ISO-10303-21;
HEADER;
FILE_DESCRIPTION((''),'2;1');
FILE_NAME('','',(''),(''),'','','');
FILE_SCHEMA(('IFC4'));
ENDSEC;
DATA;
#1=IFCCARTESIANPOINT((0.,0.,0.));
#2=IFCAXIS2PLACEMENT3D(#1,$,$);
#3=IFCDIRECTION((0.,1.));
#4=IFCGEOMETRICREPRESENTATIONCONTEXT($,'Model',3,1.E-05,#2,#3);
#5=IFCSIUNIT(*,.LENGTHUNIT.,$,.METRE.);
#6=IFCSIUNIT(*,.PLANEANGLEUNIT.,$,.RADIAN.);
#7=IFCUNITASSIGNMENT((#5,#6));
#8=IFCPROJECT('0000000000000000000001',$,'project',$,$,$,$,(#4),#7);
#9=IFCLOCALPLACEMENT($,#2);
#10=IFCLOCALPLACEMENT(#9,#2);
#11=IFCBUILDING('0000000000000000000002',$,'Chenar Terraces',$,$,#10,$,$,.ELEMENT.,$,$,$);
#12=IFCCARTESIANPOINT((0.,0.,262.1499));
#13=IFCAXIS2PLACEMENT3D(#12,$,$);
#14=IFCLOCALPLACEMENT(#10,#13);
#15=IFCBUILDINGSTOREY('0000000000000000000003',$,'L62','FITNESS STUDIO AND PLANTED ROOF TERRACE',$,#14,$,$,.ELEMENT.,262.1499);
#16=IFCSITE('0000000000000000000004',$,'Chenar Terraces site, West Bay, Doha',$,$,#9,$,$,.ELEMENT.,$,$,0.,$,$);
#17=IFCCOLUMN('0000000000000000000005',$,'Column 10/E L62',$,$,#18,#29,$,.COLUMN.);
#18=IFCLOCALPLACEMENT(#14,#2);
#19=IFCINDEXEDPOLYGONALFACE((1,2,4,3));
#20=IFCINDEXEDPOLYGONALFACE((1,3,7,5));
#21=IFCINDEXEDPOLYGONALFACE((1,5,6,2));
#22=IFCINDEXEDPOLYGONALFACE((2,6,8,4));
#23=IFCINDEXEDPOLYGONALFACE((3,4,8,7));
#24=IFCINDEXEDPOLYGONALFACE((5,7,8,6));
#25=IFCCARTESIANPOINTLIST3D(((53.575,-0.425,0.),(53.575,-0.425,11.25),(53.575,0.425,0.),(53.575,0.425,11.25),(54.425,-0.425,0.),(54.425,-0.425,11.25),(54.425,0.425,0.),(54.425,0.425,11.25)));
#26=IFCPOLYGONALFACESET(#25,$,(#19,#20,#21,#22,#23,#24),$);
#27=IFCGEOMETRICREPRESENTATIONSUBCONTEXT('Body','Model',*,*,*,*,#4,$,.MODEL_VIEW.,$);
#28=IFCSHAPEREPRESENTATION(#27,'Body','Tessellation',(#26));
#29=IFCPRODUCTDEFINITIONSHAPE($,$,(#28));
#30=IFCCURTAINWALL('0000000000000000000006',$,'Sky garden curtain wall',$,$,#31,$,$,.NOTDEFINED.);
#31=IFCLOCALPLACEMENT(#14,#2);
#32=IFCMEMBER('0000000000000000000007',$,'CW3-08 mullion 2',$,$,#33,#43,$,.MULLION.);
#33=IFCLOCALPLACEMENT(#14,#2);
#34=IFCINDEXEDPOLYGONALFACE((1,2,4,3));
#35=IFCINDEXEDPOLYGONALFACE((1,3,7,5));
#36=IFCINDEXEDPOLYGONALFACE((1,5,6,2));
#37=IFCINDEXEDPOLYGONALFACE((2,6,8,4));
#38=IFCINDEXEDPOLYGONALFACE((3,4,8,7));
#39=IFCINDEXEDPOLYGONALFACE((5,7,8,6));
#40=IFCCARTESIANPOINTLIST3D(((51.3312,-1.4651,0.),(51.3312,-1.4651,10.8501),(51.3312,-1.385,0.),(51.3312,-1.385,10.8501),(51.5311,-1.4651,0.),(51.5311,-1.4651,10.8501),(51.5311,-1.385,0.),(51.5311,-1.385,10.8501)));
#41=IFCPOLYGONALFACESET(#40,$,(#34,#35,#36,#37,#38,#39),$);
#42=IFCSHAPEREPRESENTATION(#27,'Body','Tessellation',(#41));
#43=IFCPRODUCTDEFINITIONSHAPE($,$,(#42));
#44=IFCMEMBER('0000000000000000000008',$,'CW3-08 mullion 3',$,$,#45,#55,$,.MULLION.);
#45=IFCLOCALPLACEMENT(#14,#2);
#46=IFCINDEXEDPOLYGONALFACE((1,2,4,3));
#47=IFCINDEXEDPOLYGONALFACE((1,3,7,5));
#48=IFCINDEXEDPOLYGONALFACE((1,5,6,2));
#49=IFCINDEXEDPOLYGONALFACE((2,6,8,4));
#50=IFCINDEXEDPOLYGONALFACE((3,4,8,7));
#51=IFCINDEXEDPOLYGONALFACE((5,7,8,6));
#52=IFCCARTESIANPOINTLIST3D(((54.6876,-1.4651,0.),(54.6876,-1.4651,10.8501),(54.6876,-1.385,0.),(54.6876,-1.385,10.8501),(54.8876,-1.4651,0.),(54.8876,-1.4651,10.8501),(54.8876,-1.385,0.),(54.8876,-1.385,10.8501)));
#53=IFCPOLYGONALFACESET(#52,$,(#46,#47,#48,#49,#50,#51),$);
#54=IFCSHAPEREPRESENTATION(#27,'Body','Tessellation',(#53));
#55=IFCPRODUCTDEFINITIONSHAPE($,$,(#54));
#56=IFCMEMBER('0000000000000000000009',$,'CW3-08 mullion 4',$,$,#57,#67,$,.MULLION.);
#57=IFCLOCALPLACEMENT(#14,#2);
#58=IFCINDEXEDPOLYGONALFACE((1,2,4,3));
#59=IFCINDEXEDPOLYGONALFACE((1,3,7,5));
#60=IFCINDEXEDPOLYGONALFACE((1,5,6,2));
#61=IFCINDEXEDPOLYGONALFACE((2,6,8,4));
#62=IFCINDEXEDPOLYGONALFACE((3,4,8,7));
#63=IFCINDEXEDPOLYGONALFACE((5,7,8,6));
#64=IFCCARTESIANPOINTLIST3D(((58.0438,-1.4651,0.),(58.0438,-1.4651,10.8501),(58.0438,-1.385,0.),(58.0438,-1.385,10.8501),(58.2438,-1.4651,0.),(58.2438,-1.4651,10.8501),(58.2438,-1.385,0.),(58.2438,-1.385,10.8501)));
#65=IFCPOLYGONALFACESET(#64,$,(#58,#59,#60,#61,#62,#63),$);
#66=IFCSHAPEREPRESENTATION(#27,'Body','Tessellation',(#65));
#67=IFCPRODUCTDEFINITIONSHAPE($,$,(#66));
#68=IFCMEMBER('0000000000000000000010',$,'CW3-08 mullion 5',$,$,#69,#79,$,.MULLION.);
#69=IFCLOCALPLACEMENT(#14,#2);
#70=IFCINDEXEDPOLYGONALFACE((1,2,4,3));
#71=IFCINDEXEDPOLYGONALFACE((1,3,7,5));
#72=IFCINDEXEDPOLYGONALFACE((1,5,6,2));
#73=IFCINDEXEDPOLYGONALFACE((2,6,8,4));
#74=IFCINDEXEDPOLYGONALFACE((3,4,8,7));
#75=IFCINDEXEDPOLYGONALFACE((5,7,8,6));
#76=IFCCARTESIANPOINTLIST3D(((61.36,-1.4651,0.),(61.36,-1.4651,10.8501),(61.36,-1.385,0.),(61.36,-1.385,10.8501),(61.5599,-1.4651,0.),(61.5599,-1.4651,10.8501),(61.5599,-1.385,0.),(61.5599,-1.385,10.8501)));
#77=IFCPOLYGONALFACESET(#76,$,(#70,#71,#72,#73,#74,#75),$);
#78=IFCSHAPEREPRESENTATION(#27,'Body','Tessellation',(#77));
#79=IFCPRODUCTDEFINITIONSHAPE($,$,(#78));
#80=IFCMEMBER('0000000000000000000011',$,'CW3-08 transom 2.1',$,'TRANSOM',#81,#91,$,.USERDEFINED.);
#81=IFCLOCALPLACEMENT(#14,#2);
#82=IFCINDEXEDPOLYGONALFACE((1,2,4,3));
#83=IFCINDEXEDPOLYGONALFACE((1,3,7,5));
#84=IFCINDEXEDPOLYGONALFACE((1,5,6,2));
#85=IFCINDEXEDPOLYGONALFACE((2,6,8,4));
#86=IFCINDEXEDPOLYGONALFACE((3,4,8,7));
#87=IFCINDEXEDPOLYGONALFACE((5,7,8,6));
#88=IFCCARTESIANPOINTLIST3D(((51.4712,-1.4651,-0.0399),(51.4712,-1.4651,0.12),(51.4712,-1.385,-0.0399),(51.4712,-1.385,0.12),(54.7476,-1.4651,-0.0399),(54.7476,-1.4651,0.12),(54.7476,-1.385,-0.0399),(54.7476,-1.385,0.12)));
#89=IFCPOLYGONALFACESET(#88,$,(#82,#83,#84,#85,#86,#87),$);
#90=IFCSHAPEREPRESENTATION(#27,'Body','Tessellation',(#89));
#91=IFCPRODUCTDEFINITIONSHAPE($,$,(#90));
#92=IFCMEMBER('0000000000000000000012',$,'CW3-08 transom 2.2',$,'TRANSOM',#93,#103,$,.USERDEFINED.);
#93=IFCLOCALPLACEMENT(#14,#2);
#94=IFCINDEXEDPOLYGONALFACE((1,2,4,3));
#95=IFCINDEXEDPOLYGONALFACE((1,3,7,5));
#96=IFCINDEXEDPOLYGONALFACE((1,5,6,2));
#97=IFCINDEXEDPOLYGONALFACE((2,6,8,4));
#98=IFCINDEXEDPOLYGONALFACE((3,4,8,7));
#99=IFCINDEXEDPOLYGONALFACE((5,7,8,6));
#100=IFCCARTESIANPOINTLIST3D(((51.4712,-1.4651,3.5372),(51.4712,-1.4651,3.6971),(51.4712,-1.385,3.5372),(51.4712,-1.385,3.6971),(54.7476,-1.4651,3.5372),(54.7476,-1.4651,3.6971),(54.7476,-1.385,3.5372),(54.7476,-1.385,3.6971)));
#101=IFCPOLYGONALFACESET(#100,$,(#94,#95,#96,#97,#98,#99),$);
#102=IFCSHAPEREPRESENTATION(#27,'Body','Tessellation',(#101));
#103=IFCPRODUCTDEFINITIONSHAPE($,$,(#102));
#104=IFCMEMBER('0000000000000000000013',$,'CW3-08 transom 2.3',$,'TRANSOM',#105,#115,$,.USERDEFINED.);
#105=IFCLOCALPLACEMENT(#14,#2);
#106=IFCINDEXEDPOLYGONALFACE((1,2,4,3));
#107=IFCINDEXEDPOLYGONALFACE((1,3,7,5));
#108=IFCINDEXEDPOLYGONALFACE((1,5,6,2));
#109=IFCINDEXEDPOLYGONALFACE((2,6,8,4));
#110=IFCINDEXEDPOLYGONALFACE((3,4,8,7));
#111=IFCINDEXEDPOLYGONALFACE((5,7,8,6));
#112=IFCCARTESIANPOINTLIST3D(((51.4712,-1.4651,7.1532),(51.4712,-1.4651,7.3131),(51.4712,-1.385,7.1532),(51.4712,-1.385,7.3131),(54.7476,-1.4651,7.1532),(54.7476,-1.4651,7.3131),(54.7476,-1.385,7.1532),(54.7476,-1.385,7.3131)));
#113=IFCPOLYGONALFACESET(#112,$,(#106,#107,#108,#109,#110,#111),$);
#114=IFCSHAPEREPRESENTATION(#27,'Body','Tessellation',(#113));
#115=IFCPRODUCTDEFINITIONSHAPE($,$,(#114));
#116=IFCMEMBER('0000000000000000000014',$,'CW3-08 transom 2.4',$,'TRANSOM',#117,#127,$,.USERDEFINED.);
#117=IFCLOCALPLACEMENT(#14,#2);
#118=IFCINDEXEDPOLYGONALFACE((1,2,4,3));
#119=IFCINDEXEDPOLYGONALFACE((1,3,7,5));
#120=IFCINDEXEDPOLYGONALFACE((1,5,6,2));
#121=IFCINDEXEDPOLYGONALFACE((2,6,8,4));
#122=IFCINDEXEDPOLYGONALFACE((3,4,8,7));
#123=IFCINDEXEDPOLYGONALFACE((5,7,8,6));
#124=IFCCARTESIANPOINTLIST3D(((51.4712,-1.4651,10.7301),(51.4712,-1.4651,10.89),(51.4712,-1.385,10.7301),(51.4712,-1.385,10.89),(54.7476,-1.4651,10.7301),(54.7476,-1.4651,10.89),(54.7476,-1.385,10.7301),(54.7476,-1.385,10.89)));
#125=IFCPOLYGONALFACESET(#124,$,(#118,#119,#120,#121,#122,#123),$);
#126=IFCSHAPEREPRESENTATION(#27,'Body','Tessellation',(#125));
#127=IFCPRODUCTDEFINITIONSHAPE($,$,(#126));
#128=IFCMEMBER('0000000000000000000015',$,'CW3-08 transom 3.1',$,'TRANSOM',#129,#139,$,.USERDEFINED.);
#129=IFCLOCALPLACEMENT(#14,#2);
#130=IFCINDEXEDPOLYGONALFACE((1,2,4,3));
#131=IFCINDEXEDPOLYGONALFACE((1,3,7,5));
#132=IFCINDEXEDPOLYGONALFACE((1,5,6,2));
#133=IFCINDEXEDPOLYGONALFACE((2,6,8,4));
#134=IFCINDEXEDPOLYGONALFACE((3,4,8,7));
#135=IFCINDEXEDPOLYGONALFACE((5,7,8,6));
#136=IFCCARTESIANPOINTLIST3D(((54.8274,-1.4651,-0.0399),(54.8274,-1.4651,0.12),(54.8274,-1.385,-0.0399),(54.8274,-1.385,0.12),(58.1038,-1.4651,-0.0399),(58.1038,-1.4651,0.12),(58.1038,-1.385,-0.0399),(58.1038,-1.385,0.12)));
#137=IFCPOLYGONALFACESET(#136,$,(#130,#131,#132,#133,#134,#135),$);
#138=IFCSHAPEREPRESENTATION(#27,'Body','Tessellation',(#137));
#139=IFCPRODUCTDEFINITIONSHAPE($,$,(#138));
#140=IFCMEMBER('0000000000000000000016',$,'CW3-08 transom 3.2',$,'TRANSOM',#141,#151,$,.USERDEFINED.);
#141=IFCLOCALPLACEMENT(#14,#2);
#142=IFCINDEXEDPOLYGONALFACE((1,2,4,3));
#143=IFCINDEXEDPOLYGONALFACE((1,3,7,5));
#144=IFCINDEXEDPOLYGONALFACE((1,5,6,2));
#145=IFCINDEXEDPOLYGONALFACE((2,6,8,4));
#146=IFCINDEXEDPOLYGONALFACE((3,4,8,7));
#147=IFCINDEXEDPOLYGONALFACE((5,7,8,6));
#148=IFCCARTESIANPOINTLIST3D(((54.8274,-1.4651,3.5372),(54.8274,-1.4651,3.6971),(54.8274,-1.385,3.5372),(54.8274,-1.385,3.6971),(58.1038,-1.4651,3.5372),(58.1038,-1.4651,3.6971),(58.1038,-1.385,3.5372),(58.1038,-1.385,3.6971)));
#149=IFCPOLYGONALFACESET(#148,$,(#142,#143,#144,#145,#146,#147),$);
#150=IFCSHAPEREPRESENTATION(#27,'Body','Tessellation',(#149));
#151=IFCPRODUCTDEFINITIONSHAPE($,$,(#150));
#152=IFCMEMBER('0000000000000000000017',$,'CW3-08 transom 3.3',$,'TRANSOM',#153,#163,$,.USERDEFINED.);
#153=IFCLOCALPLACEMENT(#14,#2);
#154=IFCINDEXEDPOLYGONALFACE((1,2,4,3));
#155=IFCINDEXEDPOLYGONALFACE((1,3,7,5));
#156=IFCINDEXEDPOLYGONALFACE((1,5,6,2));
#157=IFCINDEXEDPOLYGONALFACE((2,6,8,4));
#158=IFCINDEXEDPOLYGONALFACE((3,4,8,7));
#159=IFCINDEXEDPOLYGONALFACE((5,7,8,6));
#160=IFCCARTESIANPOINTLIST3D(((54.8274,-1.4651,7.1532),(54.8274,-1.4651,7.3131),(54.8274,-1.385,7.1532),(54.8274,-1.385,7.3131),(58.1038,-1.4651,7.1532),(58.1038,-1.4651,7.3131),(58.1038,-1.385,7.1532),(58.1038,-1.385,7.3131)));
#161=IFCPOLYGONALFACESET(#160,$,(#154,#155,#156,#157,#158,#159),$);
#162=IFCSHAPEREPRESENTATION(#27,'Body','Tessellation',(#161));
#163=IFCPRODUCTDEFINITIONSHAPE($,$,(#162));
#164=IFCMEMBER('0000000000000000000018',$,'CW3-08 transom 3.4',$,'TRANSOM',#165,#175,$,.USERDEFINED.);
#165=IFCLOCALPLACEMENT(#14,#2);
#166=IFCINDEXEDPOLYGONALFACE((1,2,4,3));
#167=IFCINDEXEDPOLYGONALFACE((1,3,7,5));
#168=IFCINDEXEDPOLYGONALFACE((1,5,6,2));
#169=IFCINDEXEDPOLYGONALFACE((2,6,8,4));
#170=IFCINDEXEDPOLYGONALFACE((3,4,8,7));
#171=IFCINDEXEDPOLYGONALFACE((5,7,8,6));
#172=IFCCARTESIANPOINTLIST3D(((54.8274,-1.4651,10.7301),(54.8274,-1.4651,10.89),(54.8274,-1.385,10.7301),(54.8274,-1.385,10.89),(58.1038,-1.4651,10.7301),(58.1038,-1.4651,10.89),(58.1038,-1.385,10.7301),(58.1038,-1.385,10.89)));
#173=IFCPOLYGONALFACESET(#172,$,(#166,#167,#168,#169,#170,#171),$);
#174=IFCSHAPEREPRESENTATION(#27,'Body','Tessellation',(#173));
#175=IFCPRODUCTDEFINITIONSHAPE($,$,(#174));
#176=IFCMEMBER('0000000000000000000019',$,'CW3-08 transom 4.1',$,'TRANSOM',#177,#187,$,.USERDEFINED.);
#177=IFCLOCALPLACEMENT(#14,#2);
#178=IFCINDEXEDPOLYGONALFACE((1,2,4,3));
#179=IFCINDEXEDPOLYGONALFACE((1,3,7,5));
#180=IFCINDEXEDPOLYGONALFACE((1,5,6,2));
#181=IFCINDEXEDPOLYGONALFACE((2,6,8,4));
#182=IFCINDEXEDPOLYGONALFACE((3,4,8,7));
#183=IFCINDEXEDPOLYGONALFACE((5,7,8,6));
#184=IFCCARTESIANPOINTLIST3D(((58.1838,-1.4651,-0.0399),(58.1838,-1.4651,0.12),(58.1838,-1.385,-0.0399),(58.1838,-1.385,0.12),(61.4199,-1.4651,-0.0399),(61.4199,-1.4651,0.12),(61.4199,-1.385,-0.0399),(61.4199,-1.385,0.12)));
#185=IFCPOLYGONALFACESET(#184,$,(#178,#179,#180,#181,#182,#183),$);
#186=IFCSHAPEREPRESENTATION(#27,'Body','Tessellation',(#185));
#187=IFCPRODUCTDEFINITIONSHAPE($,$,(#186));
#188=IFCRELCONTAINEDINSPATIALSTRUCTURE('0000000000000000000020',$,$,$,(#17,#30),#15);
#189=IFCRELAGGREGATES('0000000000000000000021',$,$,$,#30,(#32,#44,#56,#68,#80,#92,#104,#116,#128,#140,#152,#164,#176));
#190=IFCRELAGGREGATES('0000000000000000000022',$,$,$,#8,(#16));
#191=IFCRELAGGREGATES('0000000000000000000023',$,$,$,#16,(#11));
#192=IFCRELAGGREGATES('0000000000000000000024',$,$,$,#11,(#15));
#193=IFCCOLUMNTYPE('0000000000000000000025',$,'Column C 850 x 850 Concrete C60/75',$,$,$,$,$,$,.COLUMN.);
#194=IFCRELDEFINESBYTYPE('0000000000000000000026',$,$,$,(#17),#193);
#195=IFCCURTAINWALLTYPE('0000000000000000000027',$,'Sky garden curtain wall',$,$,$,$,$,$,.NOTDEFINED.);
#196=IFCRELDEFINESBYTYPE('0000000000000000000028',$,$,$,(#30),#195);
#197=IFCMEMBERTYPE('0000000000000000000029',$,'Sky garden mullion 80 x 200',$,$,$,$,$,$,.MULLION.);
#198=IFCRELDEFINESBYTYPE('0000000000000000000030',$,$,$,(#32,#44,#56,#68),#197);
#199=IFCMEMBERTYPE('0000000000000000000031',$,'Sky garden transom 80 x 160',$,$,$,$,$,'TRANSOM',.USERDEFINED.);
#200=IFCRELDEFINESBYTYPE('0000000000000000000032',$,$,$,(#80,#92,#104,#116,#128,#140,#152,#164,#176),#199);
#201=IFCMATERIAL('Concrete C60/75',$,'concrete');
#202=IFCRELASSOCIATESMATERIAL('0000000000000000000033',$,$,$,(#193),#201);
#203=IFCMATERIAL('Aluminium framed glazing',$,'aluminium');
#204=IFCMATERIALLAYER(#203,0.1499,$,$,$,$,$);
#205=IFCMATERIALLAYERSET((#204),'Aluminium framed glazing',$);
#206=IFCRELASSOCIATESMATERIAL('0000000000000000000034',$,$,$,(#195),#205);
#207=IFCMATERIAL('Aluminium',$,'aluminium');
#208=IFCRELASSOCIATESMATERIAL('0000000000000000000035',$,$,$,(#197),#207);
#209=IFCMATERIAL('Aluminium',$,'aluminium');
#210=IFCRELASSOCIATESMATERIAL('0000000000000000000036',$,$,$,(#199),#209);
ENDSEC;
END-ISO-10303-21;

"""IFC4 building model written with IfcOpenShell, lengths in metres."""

from ifc_helpers import new_model, si_unit, direction, frame, origin, origin_2d, place, context, subcontext, project, spatial, rectangle, extrude, material, layer, layer_set, material_profile, profile_set, type_object, element, aggregate, save


model = new_model("IFC4")

# Units and contexts
model_context = context("Model", 3, precision=1e-05, world=origin(), true_north=direction((0.0, 1.0)))
body_context = subcontext(model_context, "Body", "Model", "MODEL_VIEW")
ifc_project = project(units=[si_unit("LENGTHUNIT", "METRE"), si_unit("PLANEANGLEUNIT", "RADIAN")], contexts=[model_context])

# Site, building, storey
site_placement = place(None, origin())
site = spatial("IfcSite", under=ifc_project, at=site_placement, Name="Chenar Terraces site, West Bay, Doha", CompositionType="ELEMENT", RefElevation=0.0)
building_placement = place(site_placement, origin())
building = spatial("IfcBuilding", under=site, at=building_placement, Name="Chenar Terraces", CompositionType="ELEMENT")
storey_placement = place(building_placement, frame((0.0, 0.0, 262.1499)))
storey = spatial("IfcBuildingStorey", under=building, at=storey_placement, Name="L62", Description="FITNESS STUDIO AND PLANTED ROOF TERRACE", CompositionType="ELEMENT", Elevation=262.1499)

# Column
ifc_material_1 = material(Name="Concrete C60/75", Category="concrete")
ifc_material_profile_1 = material_profile(ifc_material_1, rectangle(XDim=0.8501, YDim=0.8501, at=origin_2d()), Name="C 850 x 850")
ifc_profile_set_1 = profile_set([ifc_material_profile_1], Name="Concrete C60/75")
column_type = type_object("IfcColumnType", Name="Column C 850 x 850 Concrete C60/75", PredefinedType="COLUMN", material=ifc_profile_set_1)
column_placement = place(storey_placement, frame((54.0, 0.0, 0.0), z_axis=(0.0, 0.0, 1.0), x_axis=(1.0, 0.0, 0.0)))
element("IfcColumn", 1, at=column_placement, inside=storey, type_object=column_type, Name="Column 10/E L62", PredefinedType="COLUMN", context=body_context, shape_type="SweptSolid", body=[
    extrude(rectangle(XDim=0.8501, YDim=0.8501, at=origin_2d()), origin(), (0.0, 0.0, 1.0), 11.25),
])

# Curtain wall, members
ifc_material_2 = material(Name="Aluminium framed glazing", Category="aluminium")
ifc_layer_1 = layer(ifc_material_2, 0.1499)
ifc_layer_set_1 = layer_set([ifc_layer_1], Name="Aluminium framed glazing")
curtain_wall_type = type_object("IfcCurtainWallType", Name="Sky garden curtain wall", PredefinedType="NOTDEFINED", material=ifc_layer_set_1)
curtain_wall_placement = place(storey_placement, origin())
curtain_wall = element("IfcCurtainWall", 2, at=curtain_wall_placement, inside=storey, type_object=curtain_wall_type, Name="Sky garden curtain wall", PredefinedType="NOTDEFINED")
ifc_material_3 = material(Name="Aluminium", Category="aluminium")
ifc_material_profile_2 = material_profile(ifc_material_3, rectangle(XDim=0.0801, YDim=0.2, at=origin_2d()), Name="Sky garden mullion 80 x 200")
ifc_profile_set_2 = profile_set([ifc_material_profile_2], Name="Aluminium")
member_type_1 = type_object("IfcMemberType", Name="Sky garden mullion 80 x 200", PredefinedType="MULLION", material=ifc_profile_set_2)
member_1_placement = place(storey_placement, frame((51.4312, -1.425, 0.0), z_axis=(0.0, 0.0, 1.0), x_axis=(0.0, 1.0, 0.0)))
member_1 = element("IfcMember", 3, at=member_1_placement, type_object=member_type_1, Name="CW3-08 mullion 2", PredefinedType="MULLION", context=body_context, shape_type="SweptSolid", body=[
    extrude(rectangle(XDim=0.0801, YDim=0.2, at=origin_2d()), origin(), (0.0, 0.0, 1.0), 10.8501),
])
member_2_placement = place(storey_placement, frame((54.7876, -1.425, 0.0), z_axis=(0.0, 0.0, 1.0), x_axis=(0.0, 1.0, 0.0)))
member_2 = element("IfcMember", 4, at=member_2_placement, type_object=member_type_1, Name="CW3-08 mullion 3", PredefinedType="MULLION", context=body_context, shape_type="SweptSolid", body=[
    extrude(rectangle(XDim=0.0801, YDim=0.2, at=origin_2d()), origin(), (0.0, 0.0, 1.0), 10.8501),
])
member_3_placement = place(storey_placement, frame((58.1438, -1.425, 0.0), z_axis=(0.0, 0.0, 1.0), x_axis=(0.0, 1.0, 0.0)))
member_3 = element("IfcMember", 5, at=member_3_placement, type_object=member_type_1, Name="CW3-08 mullion 4", PredefinedType="MULLION", context=body_context, shape_type="SweptSolid", body=[
    extrude(rectangle(XDim=0.0801, YDim=0.2, at=origin_2d()), origin(), (0.0, 0.0, 1.0), 10.8501),
])
member_4_placement = place(storey_placement, frame((61.46, -1.425, 0.0), z_axis=(0.0, 0.0, 1.0), x_axis=(0.0, 1.0, 0.0)))
member_4 = element("IfcMember", 6, at=member_4_placement, type_object=member_type_1, Name="CW3-08 mullion 5", PredefinedType="MULLION", context=body_context, shape_type="SweptSolid", body=[
    extrude(rectangle(XDim=0.0801, YDim=0.2, at=origin_2d()), origin(), (0.0, 0.0, 1.0), 10.8501),
])
ifc_material_4 = material(Name="Aluminium", Category="aluminium")
ifc_material_profile_3 = material_profile(ifc_material_4, rectangle(XDim=0.0801, YDim=0.1599, at=origin_2d()), Name="Sky garden transom 80 x 160")
ifc_profile_set_3 = profile_set([ifc_material_profile_3], Name="Aluminium")
member_type_2 = type_object("IfcMemberType", Name="Sky garden transom 80 x 160", ElementType="TRANSOM", PredefinedType="USERDEFINED", material=ifc_profile_set_3)
member_5_placement = place(storey_placement, frame((51.4712, -1.425, 0.04), z_axis=(1.0, 0.0, 0.0), x_axis=(0.0, 1.0, 0.0)))
member_5 = element("IfcMember", 7, at=member_5_placement, type_object=member_type_2, Name="CW3-08 transom 2.1", ObjectType="TRANSOM", PredefinedType="USERDEFINED", context=body_context, shape_type="SweptSolid", body=[
    extrude(rectangle(XDim=0.0801, YDim=0.1599, at=origin_2d()), origin(), (0.0, 0.0, 1.0), 3.2764),
])
member_6_placement = place(storey_placement, frame((51.4712, -1.425, 3.6172), z_axis=(1.0, 0.0, 0.0), x_axis=(0.0, 1.0, 0.0)))
member_6 = element("IfcMember", 8, at=member_6_placement, type_object=member_type_2, Name="CW3-08 transom 2.2", ObjectType="TRANSOM", PredefinedType="USERDEFINED", context=body_context, shape_type="SweptSolid", body=[
    extrude(rectangle(XDim=0.0801, YDim=0.1599, at=origin_2d()), origin(), (0.0, 0.0, 1.0), 3.2764),
])
member_7_placement = place(storey_placement, frame((51.4712, -1.425, 7.2332), z_axis=(1.0, 0.0, 0.0), x_axis=(0.0, 1.0, 0.0)))
member_7 = element("IfcMember", 9, at=member_7_placement, type_object=member_type_2, Name="CW3-08 transom 2.3", ObjectType="TRANSOM", PredefinedType="USERDEFINED", context=body_context, shape_type="SweptSolid", body=[
    extrude(rectangle(XDim=0.0801, YDim=0.1599, at=origin_2d()), origin(), (0.0, 0.0, 1.0), 3.2764),
])
member_8_placement = place(storey_placement, frame((51.4712, -1.425, 10.8101), z_axis=(1.0, 0.0, 0.0), x_axis=(0.0, 1.0, 0.0)))
member_8 = element("IfcMember", 10, at=member_8_placement, type_object=member_type_2, Name="CW3-08 transom 2.4", ObjectType="TRANSOM", PredefinedType="USERDEFINED", context=body_context, shape_type="SweptSolid", body=[
    extrude(rectangle(XDim=0.0801, YDim=0.1599, at=origin_2d()), origin(), (0.0, 0.0, 1.0), 3.2764),
])
member_9_placement = place(storey_placement, frame((54.8274, -1.425, 0.04), z_axis=(1.0, 0.0, 0.0), x_axis=(0.0, 1.0, 0.0)))
member_9 = element("IfcMember", 11, at=member_9_placement, type_object=member_type_2, Name="CW3-08 transom 3.1", ObjectType="TRANSOM", PredefinedType="USERDEFINED", context=body_context, shape_type="SweptSolid", body=[
    extrude(rectangle(XDim=0.0801, YDim=0.1599, at=origin_2d()), origin(), (0.0, 0.0, 1.0), 3.2764),
])
member_10_placement = place(storey_placement, frame((54.8274, -1.425, 3.6172), z_axis=(1.0, 0.0, 0.0), x_axis=(0.0, 1.0, 0.0)))
member_10 = element("IfcMember", 12, at=member_10_placement, type_object=member_type_2, Name="CW3-08 transom 3.2", ObjectType="TRANSOM", PredefinedType="USERDEFINED", context=body_context, shape_type="SweptSolid", body=[
    extrude(rectangle(XDim=0.0801, YDim=0.1599, at=origin_2d()), origin(), (0.0, 0.0, 1.0), 3.2764),
])
member_11_placement = place(storey_placement, frame((54.8274, -1.425, 7.2332), z_axis=(1.0, 0.0, 0.0), x_axis=(0.0, 1.0, 0.0)))
member_11 = element("IfcMember", 13, at=member_11_placement, type_object=member_type_2, Name="CW3-08 transom 3.3", ObjectType="TRANSOM", PredefinedType="USERDEFINED", context=body_context, shape_type="SweptSolid", body=[
    extrude(rectangle(XDim=0.0801, YDim=0.1599, at=origin_2d()), origin(), (0.0, 0.0, 1.0), 3.2764),
])
member_12_placement = place(storey_placement, frame((54.8274, -1.425, 10.8101), z_axis=(1.0, 0.0, 0.0), x_axis=(0.0, 1.0, 0.0)))
member_12 = element("IfcMember", 14, at=member_12_placement, type_object=member_type_2, Name="CW3-08 transom 3.4", ObjectType="TRANSOM", PredefinedType="USERDEFINED", context=body_context, shape_type="SweptSolid", body=[
    extrude(rectangle(XDim=0.0801, YDim=0.1599, at=origin_2d()), origin(), (0.0, 0.0, 1.0), 3.2764),
])
member_13_placement = place(storey_placement, frame((58.1838, -1.425, 0.04), z_axis=(1.0, 0.0, 0.0), x_axis=(0.0, 1.0, 0.0)))
member_13 = element("IfcMember", 15, at=member_13_placement, type_object=member_type_2, Name="CW3-08 transom 4.1", ObjectType="TRANSOM", PredefinedType="USERDEFINED", context=body_context, shape_type="SweptSolid", body=[
    extrude(rectangle(XDim=0.0801, YDim=0.1599, at=origin_2d()), origin(), (0.0, 0.0, 1.0), 3.2361),
])
aggregate(curtain_wall, [member_1, member_2, member_3, member_4, member_5, member_6, member_7, member_8, member_9, member_10, member_11, member_12, member_13])

save(model, "model.ifc")
